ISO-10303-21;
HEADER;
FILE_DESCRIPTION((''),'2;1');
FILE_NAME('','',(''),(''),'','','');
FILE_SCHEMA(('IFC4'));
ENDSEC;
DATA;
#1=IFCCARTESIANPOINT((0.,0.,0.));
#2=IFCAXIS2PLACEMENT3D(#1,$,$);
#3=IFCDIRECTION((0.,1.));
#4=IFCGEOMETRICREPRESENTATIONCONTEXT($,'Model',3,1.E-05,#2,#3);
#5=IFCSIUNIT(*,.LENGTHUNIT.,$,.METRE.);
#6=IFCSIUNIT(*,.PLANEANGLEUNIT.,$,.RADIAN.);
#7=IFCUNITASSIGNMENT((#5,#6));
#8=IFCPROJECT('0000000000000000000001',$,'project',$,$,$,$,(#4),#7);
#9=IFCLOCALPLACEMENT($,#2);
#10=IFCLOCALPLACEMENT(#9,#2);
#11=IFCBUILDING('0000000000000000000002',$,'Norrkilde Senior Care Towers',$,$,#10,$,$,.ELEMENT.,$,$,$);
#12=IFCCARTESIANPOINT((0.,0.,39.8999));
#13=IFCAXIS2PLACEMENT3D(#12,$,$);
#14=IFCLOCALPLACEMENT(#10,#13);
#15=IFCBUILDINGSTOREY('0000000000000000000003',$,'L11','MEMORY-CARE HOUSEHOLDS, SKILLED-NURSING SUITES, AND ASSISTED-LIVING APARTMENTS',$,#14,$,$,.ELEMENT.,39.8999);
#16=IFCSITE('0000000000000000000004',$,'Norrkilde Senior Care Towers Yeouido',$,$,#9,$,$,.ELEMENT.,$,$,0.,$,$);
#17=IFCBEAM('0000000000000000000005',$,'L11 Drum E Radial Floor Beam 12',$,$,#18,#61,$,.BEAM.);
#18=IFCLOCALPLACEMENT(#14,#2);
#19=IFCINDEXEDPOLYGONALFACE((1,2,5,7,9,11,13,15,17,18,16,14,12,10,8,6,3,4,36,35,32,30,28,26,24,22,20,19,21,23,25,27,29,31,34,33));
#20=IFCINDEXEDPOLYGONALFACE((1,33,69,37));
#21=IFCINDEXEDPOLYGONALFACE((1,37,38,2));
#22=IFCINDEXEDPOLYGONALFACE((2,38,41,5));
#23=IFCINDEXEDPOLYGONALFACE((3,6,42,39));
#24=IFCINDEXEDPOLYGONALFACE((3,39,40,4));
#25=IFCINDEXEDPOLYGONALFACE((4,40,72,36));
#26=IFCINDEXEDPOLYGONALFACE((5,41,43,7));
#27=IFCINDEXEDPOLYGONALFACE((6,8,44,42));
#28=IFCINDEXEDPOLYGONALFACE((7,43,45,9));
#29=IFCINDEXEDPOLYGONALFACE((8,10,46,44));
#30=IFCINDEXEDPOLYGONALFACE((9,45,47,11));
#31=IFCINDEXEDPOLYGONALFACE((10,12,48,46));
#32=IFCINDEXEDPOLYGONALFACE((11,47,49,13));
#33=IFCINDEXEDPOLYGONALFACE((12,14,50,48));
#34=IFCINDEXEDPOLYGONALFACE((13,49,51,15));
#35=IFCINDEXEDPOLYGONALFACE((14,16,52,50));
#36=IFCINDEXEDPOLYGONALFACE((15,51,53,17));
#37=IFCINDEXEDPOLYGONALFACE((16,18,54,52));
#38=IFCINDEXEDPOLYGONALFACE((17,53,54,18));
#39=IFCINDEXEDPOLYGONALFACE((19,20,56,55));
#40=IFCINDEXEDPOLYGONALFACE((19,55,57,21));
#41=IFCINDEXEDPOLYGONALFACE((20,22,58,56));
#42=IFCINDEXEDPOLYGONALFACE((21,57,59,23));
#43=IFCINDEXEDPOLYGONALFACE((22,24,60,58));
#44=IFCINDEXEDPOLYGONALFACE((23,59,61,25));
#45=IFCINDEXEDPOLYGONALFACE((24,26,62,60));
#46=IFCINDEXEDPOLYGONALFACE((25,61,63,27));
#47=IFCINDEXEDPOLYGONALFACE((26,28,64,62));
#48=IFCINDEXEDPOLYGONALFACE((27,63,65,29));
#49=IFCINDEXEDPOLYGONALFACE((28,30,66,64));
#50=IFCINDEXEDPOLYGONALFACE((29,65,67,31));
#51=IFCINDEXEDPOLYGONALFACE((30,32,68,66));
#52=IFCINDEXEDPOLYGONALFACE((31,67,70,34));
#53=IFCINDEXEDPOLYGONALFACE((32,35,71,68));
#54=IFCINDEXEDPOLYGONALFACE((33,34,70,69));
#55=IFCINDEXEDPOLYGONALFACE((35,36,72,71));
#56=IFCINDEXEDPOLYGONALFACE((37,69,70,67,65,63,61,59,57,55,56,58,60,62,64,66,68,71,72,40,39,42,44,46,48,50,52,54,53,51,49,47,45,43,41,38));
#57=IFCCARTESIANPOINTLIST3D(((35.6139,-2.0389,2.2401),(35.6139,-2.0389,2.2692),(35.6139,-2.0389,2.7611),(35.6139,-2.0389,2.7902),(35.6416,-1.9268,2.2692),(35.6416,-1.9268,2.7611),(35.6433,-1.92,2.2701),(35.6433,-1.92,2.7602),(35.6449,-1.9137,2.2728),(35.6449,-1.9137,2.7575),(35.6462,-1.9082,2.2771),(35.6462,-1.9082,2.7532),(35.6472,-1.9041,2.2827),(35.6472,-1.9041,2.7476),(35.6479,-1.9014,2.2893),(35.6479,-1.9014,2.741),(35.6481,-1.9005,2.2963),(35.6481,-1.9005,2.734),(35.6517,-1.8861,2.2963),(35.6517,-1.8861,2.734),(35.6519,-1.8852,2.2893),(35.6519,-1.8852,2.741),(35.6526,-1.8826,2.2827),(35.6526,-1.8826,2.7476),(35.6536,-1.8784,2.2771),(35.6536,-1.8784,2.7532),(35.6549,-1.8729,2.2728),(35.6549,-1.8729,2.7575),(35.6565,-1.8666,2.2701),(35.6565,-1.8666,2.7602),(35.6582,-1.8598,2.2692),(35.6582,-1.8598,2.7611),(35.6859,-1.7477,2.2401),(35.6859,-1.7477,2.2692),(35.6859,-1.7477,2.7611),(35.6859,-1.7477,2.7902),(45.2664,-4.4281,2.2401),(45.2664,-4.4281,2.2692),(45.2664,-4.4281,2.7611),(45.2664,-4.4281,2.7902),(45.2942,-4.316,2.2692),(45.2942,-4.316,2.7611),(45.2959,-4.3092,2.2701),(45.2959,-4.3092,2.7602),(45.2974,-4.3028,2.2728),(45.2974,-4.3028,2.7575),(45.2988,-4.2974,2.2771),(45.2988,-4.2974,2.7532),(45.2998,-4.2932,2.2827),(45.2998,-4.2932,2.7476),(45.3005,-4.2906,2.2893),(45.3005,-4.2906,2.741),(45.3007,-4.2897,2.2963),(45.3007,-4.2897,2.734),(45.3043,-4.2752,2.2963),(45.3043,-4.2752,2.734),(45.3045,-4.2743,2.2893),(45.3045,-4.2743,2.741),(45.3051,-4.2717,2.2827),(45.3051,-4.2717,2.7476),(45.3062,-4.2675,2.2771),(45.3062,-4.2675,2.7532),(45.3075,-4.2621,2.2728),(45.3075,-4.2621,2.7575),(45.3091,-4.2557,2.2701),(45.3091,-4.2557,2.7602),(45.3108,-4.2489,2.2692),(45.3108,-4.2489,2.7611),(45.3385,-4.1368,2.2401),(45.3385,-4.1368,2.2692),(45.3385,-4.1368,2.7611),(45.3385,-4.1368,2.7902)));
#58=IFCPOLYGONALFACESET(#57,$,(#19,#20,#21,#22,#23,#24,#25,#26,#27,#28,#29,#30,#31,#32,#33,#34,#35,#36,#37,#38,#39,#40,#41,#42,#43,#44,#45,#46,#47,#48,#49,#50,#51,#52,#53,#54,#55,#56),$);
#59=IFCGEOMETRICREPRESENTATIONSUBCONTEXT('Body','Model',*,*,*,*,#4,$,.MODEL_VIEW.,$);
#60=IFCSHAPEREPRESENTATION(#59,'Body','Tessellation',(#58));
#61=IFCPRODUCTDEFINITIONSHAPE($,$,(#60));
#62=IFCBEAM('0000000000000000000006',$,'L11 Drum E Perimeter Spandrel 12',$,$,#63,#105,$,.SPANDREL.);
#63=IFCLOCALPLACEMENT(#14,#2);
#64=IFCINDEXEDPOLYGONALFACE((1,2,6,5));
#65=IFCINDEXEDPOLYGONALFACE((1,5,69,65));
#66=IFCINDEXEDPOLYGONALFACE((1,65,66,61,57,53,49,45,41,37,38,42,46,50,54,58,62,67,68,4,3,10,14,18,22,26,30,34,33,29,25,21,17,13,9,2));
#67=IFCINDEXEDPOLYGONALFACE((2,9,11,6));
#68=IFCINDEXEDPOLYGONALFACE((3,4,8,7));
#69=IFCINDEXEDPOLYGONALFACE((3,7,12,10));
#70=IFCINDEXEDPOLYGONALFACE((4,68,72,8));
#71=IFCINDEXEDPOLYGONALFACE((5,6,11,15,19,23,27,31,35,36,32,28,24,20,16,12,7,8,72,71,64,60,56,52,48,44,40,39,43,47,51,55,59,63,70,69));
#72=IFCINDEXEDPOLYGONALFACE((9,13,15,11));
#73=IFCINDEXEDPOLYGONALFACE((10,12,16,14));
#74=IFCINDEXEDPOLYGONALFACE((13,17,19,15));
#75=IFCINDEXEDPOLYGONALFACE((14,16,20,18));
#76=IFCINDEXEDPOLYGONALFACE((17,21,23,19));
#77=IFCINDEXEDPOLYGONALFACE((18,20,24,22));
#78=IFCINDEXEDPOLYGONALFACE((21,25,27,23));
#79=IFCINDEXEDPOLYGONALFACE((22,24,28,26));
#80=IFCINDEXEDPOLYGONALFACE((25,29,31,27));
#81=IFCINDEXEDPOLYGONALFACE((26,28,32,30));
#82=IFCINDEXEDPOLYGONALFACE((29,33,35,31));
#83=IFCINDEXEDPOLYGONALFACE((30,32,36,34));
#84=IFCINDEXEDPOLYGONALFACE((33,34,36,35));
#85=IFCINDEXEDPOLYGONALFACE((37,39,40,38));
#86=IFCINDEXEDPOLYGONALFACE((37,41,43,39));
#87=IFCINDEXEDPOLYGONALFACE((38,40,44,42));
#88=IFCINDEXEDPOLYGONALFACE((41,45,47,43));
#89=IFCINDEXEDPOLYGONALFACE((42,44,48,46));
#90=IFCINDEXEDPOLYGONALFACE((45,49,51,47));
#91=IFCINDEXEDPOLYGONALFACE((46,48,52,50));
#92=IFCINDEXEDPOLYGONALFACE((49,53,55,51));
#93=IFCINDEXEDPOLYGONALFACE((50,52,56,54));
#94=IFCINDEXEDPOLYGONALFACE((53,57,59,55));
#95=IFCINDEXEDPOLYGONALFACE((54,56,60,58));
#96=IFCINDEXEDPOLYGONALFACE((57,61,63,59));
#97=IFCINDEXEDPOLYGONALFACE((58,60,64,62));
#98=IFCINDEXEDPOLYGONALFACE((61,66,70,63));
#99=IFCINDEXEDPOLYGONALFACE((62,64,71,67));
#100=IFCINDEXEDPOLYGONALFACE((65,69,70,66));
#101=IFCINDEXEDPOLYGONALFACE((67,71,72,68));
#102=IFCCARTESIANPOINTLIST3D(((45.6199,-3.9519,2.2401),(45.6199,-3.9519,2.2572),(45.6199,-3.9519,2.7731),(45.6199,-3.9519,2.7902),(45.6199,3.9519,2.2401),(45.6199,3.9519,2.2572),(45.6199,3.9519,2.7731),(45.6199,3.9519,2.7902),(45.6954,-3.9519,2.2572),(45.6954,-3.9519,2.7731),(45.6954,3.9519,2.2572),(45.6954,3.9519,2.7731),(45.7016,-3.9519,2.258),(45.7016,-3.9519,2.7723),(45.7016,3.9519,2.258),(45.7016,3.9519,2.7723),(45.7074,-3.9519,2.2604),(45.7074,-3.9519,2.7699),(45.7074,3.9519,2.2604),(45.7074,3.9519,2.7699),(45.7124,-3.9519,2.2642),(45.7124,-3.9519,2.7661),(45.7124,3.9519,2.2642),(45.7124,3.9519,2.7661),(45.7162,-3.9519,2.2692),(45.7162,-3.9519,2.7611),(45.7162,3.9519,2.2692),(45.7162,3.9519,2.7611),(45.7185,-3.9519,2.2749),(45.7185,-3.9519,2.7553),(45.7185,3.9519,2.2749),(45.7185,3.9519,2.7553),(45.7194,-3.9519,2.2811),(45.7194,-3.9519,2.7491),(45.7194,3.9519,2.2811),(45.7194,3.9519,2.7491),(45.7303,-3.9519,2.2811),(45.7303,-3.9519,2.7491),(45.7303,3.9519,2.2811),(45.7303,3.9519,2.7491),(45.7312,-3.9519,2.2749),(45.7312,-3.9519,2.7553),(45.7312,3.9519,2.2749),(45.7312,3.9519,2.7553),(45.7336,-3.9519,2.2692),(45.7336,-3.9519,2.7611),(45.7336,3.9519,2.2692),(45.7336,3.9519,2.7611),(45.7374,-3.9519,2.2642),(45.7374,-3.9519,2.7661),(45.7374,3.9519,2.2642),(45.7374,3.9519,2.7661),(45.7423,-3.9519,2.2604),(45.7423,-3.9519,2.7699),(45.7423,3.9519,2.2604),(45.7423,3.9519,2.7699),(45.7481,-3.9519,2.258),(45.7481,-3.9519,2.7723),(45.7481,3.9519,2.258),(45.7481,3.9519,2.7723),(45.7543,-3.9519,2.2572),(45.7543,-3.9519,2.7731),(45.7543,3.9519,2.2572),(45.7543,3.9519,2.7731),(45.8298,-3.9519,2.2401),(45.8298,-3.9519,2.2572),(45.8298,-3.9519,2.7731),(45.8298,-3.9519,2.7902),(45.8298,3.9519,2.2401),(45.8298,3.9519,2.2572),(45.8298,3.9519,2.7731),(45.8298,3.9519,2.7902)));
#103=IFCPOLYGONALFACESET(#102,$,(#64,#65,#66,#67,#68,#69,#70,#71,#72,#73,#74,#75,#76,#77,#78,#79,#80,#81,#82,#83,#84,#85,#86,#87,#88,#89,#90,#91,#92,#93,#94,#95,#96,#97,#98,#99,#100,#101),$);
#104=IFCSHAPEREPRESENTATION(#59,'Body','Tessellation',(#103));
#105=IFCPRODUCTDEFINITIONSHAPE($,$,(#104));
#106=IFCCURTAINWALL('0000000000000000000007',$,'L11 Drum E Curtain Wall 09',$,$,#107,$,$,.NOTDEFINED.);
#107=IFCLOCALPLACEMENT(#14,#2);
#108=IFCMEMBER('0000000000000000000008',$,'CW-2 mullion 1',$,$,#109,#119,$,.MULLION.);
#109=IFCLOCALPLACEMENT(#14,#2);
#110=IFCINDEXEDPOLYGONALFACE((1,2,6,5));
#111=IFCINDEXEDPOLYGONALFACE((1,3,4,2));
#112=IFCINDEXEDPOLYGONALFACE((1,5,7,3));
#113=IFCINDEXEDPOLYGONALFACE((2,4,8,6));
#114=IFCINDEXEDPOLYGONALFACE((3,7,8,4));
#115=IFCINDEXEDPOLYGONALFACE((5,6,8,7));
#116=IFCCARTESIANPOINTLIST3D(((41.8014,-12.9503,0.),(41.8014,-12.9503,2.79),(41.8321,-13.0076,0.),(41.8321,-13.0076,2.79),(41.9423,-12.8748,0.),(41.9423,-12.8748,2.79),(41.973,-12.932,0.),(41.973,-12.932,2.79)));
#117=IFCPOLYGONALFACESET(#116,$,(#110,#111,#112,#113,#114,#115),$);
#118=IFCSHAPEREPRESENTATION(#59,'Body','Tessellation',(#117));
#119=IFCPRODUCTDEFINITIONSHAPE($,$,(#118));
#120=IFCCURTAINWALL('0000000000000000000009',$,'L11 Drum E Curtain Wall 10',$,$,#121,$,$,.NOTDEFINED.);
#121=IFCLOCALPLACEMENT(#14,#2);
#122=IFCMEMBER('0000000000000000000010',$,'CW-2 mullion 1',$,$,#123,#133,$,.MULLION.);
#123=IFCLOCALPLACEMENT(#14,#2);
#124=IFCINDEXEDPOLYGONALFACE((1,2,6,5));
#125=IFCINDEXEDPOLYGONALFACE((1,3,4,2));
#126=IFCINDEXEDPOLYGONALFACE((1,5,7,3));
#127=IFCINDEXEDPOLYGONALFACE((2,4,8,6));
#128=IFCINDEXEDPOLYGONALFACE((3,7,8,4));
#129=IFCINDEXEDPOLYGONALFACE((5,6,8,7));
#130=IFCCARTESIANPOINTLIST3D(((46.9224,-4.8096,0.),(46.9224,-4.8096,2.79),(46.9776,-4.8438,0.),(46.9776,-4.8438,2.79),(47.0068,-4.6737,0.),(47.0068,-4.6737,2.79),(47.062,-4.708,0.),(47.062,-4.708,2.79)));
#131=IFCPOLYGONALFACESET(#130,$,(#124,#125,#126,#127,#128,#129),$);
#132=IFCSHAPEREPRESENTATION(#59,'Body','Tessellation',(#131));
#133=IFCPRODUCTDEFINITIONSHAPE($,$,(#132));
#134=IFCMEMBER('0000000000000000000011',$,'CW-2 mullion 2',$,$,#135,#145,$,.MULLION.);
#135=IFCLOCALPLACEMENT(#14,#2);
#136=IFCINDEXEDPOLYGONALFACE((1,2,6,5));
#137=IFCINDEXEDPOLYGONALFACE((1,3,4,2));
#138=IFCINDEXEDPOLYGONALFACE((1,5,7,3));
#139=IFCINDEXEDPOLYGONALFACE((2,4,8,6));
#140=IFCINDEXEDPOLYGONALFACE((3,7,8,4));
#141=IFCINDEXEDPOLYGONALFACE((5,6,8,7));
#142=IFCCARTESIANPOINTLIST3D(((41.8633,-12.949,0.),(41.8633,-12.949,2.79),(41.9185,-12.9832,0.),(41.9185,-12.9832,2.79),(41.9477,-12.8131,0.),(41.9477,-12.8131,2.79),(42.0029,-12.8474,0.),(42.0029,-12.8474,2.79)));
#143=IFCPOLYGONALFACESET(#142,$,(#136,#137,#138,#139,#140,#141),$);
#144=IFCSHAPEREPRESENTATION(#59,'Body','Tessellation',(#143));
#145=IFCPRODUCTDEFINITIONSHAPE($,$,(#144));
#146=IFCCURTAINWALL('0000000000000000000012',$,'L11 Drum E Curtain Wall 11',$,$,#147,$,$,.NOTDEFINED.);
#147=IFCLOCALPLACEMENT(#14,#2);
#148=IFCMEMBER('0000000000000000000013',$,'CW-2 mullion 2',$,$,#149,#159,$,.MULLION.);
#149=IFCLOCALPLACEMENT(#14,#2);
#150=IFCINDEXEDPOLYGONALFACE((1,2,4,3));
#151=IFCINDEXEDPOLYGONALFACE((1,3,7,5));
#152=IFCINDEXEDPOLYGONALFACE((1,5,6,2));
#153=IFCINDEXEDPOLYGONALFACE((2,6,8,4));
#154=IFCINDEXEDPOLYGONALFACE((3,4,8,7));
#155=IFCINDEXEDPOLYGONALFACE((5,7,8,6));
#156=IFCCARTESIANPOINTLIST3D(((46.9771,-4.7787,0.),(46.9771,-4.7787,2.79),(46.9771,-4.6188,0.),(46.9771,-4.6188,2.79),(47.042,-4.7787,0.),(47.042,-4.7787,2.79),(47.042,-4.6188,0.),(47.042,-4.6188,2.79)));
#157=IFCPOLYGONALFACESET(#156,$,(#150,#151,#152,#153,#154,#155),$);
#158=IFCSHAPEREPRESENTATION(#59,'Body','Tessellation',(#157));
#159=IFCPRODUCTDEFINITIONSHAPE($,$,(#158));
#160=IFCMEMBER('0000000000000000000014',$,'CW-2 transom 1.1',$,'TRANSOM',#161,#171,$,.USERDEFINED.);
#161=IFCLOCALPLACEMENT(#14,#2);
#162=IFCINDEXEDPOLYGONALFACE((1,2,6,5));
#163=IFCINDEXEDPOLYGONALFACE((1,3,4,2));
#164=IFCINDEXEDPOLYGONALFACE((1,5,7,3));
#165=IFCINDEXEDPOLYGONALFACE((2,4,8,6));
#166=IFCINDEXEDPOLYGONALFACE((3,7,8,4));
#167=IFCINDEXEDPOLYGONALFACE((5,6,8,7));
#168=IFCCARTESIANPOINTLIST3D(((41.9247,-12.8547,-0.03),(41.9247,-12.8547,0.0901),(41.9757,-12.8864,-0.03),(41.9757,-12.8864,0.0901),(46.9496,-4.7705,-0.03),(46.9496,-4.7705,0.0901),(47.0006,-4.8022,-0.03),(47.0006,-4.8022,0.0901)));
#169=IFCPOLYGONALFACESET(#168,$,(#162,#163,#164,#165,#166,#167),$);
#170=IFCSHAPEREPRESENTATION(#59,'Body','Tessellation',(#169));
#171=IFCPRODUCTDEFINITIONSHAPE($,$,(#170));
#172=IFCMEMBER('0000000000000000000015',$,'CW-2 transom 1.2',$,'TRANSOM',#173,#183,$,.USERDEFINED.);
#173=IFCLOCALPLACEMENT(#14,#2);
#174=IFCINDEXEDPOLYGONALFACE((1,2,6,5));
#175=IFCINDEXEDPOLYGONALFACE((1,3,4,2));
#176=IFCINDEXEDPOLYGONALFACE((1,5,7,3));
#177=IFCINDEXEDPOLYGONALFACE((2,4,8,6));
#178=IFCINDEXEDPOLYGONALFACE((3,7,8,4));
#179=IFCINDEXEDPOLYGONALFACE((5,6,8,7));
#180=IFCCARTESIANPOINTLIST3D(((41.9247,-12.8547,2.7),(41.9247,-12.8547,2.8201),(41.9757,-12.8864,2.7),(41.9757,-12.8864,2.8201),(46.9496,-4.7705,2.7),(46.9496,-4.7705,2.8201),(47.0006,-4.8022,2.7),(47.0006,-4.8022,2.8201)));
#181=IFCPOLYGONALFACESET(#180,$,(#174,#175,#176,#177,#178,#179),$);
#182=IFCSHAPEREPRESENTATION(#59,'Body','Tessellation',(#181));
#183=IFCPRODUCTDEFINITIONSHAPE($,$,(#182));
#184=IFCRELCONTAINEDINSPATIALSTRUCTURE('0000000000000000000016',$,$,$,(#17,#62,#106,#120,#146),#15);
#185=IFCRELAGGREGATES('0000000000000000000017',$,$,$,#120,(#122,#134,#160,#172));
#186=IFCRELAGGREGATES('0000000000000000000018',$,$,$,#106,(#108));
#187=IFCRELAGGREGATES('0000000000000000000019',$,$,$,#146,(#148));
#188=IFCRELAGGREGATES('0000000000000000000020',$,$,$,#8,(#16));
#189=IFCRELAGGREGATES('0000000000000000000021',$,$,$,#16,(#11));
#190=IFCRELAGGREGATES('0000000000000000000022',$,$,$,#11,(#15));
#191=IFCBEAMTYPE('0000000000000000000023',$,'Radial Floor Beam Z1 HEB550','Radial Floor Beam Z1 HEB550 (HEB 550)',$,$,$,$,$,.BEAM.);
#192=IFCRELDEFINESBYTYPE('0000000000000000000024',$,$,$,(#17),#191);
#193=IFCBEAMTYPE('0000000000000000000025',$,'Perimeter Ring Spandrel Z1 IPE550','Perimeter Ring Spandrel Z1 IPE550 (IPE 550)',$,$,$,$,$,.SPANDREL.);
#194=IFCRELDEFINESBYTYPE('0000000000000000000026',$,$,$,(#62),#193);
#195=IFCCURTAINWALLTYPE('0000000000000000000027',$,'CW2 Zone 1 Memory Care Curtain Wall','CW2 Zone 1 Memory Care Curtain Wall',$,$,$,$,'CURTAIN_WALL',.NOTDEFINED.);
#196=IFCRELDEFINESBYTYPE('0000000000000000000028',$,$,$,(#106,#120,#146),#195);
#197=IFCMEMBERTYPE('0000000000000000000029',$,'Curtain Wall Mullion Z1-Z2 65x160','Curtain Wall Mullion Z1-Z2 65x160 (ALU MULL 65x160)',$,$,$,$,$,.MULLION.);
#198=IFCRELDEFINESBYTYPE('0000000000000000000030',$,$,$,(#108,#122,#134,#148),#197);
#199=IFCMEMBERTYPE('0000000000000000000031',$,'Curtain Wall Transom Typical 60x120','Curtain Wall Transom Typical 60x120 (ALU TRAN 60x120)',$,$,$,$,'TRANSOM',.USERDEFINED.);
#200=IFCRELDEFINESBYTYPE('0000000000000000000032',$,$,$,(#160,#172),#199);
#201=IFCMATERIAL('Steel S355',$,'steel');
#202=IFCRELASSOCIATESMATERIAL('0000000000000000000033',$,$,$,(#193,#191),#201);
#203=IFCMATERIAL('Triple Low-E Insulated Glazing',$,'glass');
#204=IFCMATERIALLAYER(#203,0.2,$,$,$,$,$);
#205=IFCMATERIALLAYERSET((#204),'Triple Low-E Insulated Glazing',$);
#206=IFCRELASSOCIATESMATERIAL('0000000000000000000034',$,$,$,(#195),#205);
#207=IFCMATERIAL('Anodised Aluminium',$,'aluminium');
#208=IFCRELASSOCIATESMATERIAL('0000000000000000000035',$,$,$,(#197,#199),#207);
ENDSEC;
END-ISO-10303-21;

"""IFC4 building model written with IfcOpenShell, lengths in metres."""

from ifc_helpers import new_model, si_unit, direction, frame, origin, origin_2d, place, context, subcontext, project, spatial, rectangle, i_section, extrude, source, transform, mapped, material, layer, layer_set, material_profile, profile_set, type_object, type_shapes, element, aggregate, save


model = new_model("IFC4")

# Units and contexts
model_context = context("Model", 3, precision=1e-05, world=origin(), true_north=direction((0.0, 1.0)))
body_context = subcontext(model_context, "Body", "Model", "MODEL_VIEW")
ifc_project = project(units=[si_unit("LENGTHUNIT", "METRE"), si_unit("PLANEANGLEUNIT", "RADIAN")], contexts=[model_context])

# Site, building, storey
site_placement = place(None, origin())
site = spatial("IfcSite", under=ifc_project, at=site_placement, Name="Norrkilde Senior Care Towers Yeouido", CompositionType="ELEMENT", RefElevation=0.0)
building_placement = place(site_placement, origin())
building = spatial("IfcBuilding", under=site, at=building_placement, Name="Norrkilde Senior Care Towers", CompositionType="ELEMENT")
storey_placement = place(building_placement, frame((0.0, 0.0, 39.8999)))
storey = spatial("IfcBuildingStorey", under=building, at=storey_placement, Name="L11", Description="MEMORY-CARE HOUSEHOLDS, SKILLED-NURSING SUITES, AND ASSISTED-LIVING APARTMENTS", CompositionType="ELEMENT", Elevation=39.8999)

# Beams
ifc_material_1 = material(Name="Steel S355", Category="steel")
ifc_material_profile_1 = material_profile(ifc_material_1, i_section(OverallWidth=0.21, OverallDepth=0.55, WebThickness=0.011, FlangeThickness=0.0171, FilletRadius=0.0239, at=origin_2d()), Name="IPE 550")
ifc_profile_set_1 = profile_set([ifc_material_profile_1], Name="Steel S355")
beam_type_1 = type_object("IfcBeamType", Name="Perimeter Ring Spandrel Z1 IPE550", Description="Perimeter Ring Spandrel Z1 IPE550 (IPE 550)", PredefinedType="SPANDREL", material=ifc_profile_set_1)
ifc_material_profile_2 = material_profile(ifc_material_1, i_section(OverallWidth=0.3, OverallDepth=0.55, WebThickness=0.0149, FlangeThickness=0.0291, FilletRadius=0.0271, at=origin_2d()), Name="HEB 550")
ifc_profile_set_2 = profile_set([ifc_material_profile_2], Name="Steel S355")
beam_type_2 = type_object("IfcBeamType", Name="Radial Floor Beam Z1 HEB550", Description="Radial Floor Beam Z1 HEB550 (HEB 550)", PredefinedType="BEAM", material=ifc_profile_set_2)
shared_shape_1 = source(origin(), body_context, "Body", "SweptSolid", [
    extrude(i_section(OverallWidth=0.3, OverallDepth=0.55, WebThickness=0.0149, FlangeThickness=0.0291, FilletRadius=0.0271, at=origin_2d()), origin(), (0.0, 0.0, 1.0), 9.9438),
])
type_shapes(beam_type_2, [shared_shape_1])
beam_1_placement = place(storey_placement, frame((35.6499, -1.8933, 2.5151), z_axis=(0.970707, -0.240265, 0.0), x_axis=(0.240265, 0.970707, 0.0)))
element("IfcBeam", 1, at=beam_1_placement, inside=storey, type_object=beam_type_2, Name="L11 Drum E Radial Floor Beam 12", PredefinedType="BEAM", context=body_context, shape_type="MappedRepresentation", body=[
    mapped(shared_shape_1, transform((0.0, 0.0, 0.0), x_axis=(1.0, 0.0, 0.0), y_axis=(0.0, 1.0, 0.0), z_axis=(0.0, 0.0, 1.0), scale=1.0)),
])
shared_shape_2 = source(origin(), body_context, "Body", "SweptSolid", [
    extrude(i_section(OverallWidth=0.21, OverallDepth=0.55, WebThickness=0.011, FlangeThickness=0.0171, FilletRadius=0.0239, at=origin_2d()), origin(), (0.0, 0.0, 1.0), 7.9038),
])
beam_2_placement = place(storey_placement, frame((45.7249, -3.9519, 2.5151), z_axis=(0.0, 1.0, 0.0), x_axis=(-1.0, 0.0, 0.0)))
element("IfcBeam", 2, at=beam_2_placement, inside=storey, type_object=beam_type_1, Name="L11 Drum E Perimeter Spandrel 12", PredefinedType="SPANDREL", context=body_context, shape_type="MappedRepresentation", body=[
    mapped(shared_shape_2, transform((0.0, 0.0, 0.0), x_axis=(1.0, 0.0, 0.0), y_axis=(0.0, 1.0, 0.0), z_axis=(0.0, 0.0, 1.0), scale=1.0)),
])

# Curtain wall, member
ifc_material_2 = material(Name="Triple Low-E Insulated Glazing", Category="glass")
ifc_layer_1 = layer(ifc_material_2, 0.2)
ifc_layer_set_1 = layer_set([ifc_layer_1], Name="Triple Low-E Insulated Glazing")
curtain_wall_type = type_object("IfcCurtainWallType", Name="CW2 Zone 1 Memory Care Curtain Wall", Description="CW2 Zone 1 Memory Care Curtain Wall", ElementType="CURTAIN_WALL", PredefinedType="NOTDEFINED", material=ifc_layer_set_1)
curtain_wall_1_placement = place(storey_placement, origin())
curtain_wall_1 = element("IfcCurtainWall", 3, at=curtain_wall_1_placement, inside=storey, type_object=curtain_wall_type, Name="L11 Drum E Curtain Wall 09", PredefinedType="NOTDEFINED")
ifc_material_3 = material(Name="Anodised Aluminium", Category="aluminium")
ifc_material_profile_3 = material_profile(ifc_material_3, rectangle(XDim=0.0649, YDim=0.1599, at=origin_2d()), Name="ALU MULL 65x160")
ifc_profile_set_3 = profile_set([ifc_material_profile_3], Name="Anodised Aluminium")
member_type_1 = type_object("IfcMemberType", Name="Curtain Wall Mullion Z1-Z2 65x160", Description="Curtain Wall Mullion Z1-Z2 65x160 (ALU MULL 65x160)", PredefinedType="MULLION", material=ifc_profile_set_3)
shared_shape_3 = source(origin(), body_context, "Body", "SweptSolid", [
    extrude(rectangle(XDim=0.0649, YDim=0.1599, at=origin_2d()), origin(), (0.0, 0.0, 1.0), 2.79),
])
type_shapes(member_type_1, [shared_shape_3])
member_1_placement = place(storey_placement, frame((41.8872, -12.9412, 0.0), z_axis=(0.0, 0.0, 1.0), x_axis=(0.472608, -0.881273, 0.0)))
member_1 = element("IfcMember", 4, at=member_1_placement, type_object=member_type_1, Name="CW-2 mullion 1", PredefinedType="MULLION", context=body_context, shape_type="MappedRepresentation", body=[
    mapped(shared_shape_3, transform((0.0, 0.0, 0.0), x_axis=(1.0, 0.0, 0.0), y_axis=(0.0, 1.0, 0.0), z_axis=(0.0, 0.0, 1.0), scale=1.0)),
])

# Curtain wall, members
curtain_wall_2_placement = place(storey_placement, origin())
curtain_wall_2 = element("IfcCurtainWall", 5, at=curtain_wall_2_placement, inside=storey, type_object=curtain_wall_type, Name="L11 Drum E Curtain Wall 10", PredefinedType="NOTDEFINED")
member_2_placement = place(storey_placement, frame((46.9922, -4.7588, 0.0), z_axis=(0.0, 0.0, 1.0), x_axis=(0.849306, -0.527901, 0.0)))
member_2 = element("IfcMember", 6, at=member_2_placement, type_object=member_type_1, Name="CW-2 mullion 1", PredefinedType="MULLION", context=body_context, shape_type="MappedRepresentation", body=[
    mapped(shared_shape_3, transform((0.0, 0.0, 0.0), x_axis=(1.0, 0.0, 0.0), y_axis=(0.0, 1.0, 0.0), z_axis=(0.0, 0.0, 1.0), scale=1.0)),
])
member_3_placement = place(storey_placement, frame((41.9331, -12.8982, 0.0), z_axis=(0.0, 0.0, 1.0), x_axis=(0.849306, -0.527901, 0.0)))
member_3 = element("IfcMember", 7, at=member_3_placement, type_object=member_type_1, Name="CW-2 mullion 2", PredefinedType="MULLION", context=body_context, shape_type="MappedRepresentation", body=[
    mapped(shared_shape_3, transform((0.0, 0.0, 0.0), x_axis=(1.0, 0.0, 0.0), y_axis=(0.0, 1.0, 0.0), z_axis=(0.0, 0.0, 1.0), scale=1.0)),
])

# Curtain wall, member
curtain_wall_3_placement = place(storey_placement, origin())
curtain_wall_3 = element("IfcCurtainWall", 8, at=curtain_wall_3_placement, inside=storey, type_object=curtain_wall_type, Name="L11 Drum E Curtain Wall 11", PredefinedType="NOTDEFINED")
member_4_placement = place(storey_placement, frame((47.0095, -4.6987, 0.0), z_axis=(0.0, 0.0, 1.0), x_axis=(1.0, 0.0, 0.0)))
member_4 = element("IfcMember", 9, at=member_4_placement, type_object=member_type_1, Name="CW-2 mullion 2", PredefinedType="MULLION", context=body_context, shape_type="MappedRepresentation", body=[
    mapped(shared_shape_3, transform((0.0, 0.0, 0.0), x_axis=(1.0, 0.0, 0.0), y_axis=(0.0, 1.0, 0.0), z_axis=(0.0, 0.0, 1.0), scale=1.0)),
])

# Members
ifc_material_profile_4 = material_profile(ifc_material_3, rectangle(XDim=0.0601, YDim=0.1201, at=origin_2d()), Name="ALU TRAN 60x120")
ifc_profile_set_4 = profile_set([ifc_material_profile_4], Name="Anodised Aluminium")
member_type_2 = type_object("IfcMemberType", Name="Curtain Wall Transom Typical 60x120", Description="Curtain Wall Transom Typical 60x120 (ALU TRAN 60x120)", ElementType="TRANSOM", PredefinedType="USERDEFINED", material=ifc_profile_set_4)
shared_shape_4 = source(origin(), body_context, "Body", "SweptSolid", [
    extrude(rectangle(XDim=0.0601, YDim=0.1201, at=origin_2d()), origin(), (0.0, 0.0, 1.0), 9.5186),
])
member_5_placement = place(storey_placement, frame((46.9751, -4.7864, 0.03), z_axis=(-0.527902, -0.849306, 0.0), x_axis=(0.849306, -0.527902, 0.0)))
member_5 = element("IfcMember", 10, at=member_5_placement, type_object=member_type_2, Name="CW-2 transom 1.1", ObjectType="TRANSOM", PredefinedType="USERDEFINED", context=body_context, shape_type="MappedRepresentation", body=[
    mapped(shared_shape_4, transform((0.0, 0.0, 0.0), x_axis=(1.0, 0.0, 0.0), y_axis=(0.0, 1.0, 0.0), z_axis=(0.0, 0.0, 1.0), scale=1.0)),
])
member_6_placement = place(storey_placement, frame((46.9751, -4.7864, 2.76), z_axis=(-0.527902, -0.849306, 0.0), x_axis=(0.849306, -0.527902, 0.0)))
member_6 = element("IfcMember", 11, at=member_6_placement, type_object=member_type_2, Name="CW-2 transom 1.2", ObjectType="TRANSOM", PredefinedType="USERDEFINED", context=body_context, shape_type="MappedRepresentation", body=[
    mapped(shared_shape_4, transform((0.0, 0.0, 0.0), x_axis=(1.0, 0.0, 0.0), y_axis=(0.0, 1.0, 0.0), z_axis=(0.0, 0.0, 1.0), scale=1.0)),
])

aggregate(curtain_wall_2, [member_2, member_3, member_5, member_6])
aggregate(curtain_wall_1, [member_1])
aggregate(curtain_wall_3, [member_4])

save(model, "model.ifc")
